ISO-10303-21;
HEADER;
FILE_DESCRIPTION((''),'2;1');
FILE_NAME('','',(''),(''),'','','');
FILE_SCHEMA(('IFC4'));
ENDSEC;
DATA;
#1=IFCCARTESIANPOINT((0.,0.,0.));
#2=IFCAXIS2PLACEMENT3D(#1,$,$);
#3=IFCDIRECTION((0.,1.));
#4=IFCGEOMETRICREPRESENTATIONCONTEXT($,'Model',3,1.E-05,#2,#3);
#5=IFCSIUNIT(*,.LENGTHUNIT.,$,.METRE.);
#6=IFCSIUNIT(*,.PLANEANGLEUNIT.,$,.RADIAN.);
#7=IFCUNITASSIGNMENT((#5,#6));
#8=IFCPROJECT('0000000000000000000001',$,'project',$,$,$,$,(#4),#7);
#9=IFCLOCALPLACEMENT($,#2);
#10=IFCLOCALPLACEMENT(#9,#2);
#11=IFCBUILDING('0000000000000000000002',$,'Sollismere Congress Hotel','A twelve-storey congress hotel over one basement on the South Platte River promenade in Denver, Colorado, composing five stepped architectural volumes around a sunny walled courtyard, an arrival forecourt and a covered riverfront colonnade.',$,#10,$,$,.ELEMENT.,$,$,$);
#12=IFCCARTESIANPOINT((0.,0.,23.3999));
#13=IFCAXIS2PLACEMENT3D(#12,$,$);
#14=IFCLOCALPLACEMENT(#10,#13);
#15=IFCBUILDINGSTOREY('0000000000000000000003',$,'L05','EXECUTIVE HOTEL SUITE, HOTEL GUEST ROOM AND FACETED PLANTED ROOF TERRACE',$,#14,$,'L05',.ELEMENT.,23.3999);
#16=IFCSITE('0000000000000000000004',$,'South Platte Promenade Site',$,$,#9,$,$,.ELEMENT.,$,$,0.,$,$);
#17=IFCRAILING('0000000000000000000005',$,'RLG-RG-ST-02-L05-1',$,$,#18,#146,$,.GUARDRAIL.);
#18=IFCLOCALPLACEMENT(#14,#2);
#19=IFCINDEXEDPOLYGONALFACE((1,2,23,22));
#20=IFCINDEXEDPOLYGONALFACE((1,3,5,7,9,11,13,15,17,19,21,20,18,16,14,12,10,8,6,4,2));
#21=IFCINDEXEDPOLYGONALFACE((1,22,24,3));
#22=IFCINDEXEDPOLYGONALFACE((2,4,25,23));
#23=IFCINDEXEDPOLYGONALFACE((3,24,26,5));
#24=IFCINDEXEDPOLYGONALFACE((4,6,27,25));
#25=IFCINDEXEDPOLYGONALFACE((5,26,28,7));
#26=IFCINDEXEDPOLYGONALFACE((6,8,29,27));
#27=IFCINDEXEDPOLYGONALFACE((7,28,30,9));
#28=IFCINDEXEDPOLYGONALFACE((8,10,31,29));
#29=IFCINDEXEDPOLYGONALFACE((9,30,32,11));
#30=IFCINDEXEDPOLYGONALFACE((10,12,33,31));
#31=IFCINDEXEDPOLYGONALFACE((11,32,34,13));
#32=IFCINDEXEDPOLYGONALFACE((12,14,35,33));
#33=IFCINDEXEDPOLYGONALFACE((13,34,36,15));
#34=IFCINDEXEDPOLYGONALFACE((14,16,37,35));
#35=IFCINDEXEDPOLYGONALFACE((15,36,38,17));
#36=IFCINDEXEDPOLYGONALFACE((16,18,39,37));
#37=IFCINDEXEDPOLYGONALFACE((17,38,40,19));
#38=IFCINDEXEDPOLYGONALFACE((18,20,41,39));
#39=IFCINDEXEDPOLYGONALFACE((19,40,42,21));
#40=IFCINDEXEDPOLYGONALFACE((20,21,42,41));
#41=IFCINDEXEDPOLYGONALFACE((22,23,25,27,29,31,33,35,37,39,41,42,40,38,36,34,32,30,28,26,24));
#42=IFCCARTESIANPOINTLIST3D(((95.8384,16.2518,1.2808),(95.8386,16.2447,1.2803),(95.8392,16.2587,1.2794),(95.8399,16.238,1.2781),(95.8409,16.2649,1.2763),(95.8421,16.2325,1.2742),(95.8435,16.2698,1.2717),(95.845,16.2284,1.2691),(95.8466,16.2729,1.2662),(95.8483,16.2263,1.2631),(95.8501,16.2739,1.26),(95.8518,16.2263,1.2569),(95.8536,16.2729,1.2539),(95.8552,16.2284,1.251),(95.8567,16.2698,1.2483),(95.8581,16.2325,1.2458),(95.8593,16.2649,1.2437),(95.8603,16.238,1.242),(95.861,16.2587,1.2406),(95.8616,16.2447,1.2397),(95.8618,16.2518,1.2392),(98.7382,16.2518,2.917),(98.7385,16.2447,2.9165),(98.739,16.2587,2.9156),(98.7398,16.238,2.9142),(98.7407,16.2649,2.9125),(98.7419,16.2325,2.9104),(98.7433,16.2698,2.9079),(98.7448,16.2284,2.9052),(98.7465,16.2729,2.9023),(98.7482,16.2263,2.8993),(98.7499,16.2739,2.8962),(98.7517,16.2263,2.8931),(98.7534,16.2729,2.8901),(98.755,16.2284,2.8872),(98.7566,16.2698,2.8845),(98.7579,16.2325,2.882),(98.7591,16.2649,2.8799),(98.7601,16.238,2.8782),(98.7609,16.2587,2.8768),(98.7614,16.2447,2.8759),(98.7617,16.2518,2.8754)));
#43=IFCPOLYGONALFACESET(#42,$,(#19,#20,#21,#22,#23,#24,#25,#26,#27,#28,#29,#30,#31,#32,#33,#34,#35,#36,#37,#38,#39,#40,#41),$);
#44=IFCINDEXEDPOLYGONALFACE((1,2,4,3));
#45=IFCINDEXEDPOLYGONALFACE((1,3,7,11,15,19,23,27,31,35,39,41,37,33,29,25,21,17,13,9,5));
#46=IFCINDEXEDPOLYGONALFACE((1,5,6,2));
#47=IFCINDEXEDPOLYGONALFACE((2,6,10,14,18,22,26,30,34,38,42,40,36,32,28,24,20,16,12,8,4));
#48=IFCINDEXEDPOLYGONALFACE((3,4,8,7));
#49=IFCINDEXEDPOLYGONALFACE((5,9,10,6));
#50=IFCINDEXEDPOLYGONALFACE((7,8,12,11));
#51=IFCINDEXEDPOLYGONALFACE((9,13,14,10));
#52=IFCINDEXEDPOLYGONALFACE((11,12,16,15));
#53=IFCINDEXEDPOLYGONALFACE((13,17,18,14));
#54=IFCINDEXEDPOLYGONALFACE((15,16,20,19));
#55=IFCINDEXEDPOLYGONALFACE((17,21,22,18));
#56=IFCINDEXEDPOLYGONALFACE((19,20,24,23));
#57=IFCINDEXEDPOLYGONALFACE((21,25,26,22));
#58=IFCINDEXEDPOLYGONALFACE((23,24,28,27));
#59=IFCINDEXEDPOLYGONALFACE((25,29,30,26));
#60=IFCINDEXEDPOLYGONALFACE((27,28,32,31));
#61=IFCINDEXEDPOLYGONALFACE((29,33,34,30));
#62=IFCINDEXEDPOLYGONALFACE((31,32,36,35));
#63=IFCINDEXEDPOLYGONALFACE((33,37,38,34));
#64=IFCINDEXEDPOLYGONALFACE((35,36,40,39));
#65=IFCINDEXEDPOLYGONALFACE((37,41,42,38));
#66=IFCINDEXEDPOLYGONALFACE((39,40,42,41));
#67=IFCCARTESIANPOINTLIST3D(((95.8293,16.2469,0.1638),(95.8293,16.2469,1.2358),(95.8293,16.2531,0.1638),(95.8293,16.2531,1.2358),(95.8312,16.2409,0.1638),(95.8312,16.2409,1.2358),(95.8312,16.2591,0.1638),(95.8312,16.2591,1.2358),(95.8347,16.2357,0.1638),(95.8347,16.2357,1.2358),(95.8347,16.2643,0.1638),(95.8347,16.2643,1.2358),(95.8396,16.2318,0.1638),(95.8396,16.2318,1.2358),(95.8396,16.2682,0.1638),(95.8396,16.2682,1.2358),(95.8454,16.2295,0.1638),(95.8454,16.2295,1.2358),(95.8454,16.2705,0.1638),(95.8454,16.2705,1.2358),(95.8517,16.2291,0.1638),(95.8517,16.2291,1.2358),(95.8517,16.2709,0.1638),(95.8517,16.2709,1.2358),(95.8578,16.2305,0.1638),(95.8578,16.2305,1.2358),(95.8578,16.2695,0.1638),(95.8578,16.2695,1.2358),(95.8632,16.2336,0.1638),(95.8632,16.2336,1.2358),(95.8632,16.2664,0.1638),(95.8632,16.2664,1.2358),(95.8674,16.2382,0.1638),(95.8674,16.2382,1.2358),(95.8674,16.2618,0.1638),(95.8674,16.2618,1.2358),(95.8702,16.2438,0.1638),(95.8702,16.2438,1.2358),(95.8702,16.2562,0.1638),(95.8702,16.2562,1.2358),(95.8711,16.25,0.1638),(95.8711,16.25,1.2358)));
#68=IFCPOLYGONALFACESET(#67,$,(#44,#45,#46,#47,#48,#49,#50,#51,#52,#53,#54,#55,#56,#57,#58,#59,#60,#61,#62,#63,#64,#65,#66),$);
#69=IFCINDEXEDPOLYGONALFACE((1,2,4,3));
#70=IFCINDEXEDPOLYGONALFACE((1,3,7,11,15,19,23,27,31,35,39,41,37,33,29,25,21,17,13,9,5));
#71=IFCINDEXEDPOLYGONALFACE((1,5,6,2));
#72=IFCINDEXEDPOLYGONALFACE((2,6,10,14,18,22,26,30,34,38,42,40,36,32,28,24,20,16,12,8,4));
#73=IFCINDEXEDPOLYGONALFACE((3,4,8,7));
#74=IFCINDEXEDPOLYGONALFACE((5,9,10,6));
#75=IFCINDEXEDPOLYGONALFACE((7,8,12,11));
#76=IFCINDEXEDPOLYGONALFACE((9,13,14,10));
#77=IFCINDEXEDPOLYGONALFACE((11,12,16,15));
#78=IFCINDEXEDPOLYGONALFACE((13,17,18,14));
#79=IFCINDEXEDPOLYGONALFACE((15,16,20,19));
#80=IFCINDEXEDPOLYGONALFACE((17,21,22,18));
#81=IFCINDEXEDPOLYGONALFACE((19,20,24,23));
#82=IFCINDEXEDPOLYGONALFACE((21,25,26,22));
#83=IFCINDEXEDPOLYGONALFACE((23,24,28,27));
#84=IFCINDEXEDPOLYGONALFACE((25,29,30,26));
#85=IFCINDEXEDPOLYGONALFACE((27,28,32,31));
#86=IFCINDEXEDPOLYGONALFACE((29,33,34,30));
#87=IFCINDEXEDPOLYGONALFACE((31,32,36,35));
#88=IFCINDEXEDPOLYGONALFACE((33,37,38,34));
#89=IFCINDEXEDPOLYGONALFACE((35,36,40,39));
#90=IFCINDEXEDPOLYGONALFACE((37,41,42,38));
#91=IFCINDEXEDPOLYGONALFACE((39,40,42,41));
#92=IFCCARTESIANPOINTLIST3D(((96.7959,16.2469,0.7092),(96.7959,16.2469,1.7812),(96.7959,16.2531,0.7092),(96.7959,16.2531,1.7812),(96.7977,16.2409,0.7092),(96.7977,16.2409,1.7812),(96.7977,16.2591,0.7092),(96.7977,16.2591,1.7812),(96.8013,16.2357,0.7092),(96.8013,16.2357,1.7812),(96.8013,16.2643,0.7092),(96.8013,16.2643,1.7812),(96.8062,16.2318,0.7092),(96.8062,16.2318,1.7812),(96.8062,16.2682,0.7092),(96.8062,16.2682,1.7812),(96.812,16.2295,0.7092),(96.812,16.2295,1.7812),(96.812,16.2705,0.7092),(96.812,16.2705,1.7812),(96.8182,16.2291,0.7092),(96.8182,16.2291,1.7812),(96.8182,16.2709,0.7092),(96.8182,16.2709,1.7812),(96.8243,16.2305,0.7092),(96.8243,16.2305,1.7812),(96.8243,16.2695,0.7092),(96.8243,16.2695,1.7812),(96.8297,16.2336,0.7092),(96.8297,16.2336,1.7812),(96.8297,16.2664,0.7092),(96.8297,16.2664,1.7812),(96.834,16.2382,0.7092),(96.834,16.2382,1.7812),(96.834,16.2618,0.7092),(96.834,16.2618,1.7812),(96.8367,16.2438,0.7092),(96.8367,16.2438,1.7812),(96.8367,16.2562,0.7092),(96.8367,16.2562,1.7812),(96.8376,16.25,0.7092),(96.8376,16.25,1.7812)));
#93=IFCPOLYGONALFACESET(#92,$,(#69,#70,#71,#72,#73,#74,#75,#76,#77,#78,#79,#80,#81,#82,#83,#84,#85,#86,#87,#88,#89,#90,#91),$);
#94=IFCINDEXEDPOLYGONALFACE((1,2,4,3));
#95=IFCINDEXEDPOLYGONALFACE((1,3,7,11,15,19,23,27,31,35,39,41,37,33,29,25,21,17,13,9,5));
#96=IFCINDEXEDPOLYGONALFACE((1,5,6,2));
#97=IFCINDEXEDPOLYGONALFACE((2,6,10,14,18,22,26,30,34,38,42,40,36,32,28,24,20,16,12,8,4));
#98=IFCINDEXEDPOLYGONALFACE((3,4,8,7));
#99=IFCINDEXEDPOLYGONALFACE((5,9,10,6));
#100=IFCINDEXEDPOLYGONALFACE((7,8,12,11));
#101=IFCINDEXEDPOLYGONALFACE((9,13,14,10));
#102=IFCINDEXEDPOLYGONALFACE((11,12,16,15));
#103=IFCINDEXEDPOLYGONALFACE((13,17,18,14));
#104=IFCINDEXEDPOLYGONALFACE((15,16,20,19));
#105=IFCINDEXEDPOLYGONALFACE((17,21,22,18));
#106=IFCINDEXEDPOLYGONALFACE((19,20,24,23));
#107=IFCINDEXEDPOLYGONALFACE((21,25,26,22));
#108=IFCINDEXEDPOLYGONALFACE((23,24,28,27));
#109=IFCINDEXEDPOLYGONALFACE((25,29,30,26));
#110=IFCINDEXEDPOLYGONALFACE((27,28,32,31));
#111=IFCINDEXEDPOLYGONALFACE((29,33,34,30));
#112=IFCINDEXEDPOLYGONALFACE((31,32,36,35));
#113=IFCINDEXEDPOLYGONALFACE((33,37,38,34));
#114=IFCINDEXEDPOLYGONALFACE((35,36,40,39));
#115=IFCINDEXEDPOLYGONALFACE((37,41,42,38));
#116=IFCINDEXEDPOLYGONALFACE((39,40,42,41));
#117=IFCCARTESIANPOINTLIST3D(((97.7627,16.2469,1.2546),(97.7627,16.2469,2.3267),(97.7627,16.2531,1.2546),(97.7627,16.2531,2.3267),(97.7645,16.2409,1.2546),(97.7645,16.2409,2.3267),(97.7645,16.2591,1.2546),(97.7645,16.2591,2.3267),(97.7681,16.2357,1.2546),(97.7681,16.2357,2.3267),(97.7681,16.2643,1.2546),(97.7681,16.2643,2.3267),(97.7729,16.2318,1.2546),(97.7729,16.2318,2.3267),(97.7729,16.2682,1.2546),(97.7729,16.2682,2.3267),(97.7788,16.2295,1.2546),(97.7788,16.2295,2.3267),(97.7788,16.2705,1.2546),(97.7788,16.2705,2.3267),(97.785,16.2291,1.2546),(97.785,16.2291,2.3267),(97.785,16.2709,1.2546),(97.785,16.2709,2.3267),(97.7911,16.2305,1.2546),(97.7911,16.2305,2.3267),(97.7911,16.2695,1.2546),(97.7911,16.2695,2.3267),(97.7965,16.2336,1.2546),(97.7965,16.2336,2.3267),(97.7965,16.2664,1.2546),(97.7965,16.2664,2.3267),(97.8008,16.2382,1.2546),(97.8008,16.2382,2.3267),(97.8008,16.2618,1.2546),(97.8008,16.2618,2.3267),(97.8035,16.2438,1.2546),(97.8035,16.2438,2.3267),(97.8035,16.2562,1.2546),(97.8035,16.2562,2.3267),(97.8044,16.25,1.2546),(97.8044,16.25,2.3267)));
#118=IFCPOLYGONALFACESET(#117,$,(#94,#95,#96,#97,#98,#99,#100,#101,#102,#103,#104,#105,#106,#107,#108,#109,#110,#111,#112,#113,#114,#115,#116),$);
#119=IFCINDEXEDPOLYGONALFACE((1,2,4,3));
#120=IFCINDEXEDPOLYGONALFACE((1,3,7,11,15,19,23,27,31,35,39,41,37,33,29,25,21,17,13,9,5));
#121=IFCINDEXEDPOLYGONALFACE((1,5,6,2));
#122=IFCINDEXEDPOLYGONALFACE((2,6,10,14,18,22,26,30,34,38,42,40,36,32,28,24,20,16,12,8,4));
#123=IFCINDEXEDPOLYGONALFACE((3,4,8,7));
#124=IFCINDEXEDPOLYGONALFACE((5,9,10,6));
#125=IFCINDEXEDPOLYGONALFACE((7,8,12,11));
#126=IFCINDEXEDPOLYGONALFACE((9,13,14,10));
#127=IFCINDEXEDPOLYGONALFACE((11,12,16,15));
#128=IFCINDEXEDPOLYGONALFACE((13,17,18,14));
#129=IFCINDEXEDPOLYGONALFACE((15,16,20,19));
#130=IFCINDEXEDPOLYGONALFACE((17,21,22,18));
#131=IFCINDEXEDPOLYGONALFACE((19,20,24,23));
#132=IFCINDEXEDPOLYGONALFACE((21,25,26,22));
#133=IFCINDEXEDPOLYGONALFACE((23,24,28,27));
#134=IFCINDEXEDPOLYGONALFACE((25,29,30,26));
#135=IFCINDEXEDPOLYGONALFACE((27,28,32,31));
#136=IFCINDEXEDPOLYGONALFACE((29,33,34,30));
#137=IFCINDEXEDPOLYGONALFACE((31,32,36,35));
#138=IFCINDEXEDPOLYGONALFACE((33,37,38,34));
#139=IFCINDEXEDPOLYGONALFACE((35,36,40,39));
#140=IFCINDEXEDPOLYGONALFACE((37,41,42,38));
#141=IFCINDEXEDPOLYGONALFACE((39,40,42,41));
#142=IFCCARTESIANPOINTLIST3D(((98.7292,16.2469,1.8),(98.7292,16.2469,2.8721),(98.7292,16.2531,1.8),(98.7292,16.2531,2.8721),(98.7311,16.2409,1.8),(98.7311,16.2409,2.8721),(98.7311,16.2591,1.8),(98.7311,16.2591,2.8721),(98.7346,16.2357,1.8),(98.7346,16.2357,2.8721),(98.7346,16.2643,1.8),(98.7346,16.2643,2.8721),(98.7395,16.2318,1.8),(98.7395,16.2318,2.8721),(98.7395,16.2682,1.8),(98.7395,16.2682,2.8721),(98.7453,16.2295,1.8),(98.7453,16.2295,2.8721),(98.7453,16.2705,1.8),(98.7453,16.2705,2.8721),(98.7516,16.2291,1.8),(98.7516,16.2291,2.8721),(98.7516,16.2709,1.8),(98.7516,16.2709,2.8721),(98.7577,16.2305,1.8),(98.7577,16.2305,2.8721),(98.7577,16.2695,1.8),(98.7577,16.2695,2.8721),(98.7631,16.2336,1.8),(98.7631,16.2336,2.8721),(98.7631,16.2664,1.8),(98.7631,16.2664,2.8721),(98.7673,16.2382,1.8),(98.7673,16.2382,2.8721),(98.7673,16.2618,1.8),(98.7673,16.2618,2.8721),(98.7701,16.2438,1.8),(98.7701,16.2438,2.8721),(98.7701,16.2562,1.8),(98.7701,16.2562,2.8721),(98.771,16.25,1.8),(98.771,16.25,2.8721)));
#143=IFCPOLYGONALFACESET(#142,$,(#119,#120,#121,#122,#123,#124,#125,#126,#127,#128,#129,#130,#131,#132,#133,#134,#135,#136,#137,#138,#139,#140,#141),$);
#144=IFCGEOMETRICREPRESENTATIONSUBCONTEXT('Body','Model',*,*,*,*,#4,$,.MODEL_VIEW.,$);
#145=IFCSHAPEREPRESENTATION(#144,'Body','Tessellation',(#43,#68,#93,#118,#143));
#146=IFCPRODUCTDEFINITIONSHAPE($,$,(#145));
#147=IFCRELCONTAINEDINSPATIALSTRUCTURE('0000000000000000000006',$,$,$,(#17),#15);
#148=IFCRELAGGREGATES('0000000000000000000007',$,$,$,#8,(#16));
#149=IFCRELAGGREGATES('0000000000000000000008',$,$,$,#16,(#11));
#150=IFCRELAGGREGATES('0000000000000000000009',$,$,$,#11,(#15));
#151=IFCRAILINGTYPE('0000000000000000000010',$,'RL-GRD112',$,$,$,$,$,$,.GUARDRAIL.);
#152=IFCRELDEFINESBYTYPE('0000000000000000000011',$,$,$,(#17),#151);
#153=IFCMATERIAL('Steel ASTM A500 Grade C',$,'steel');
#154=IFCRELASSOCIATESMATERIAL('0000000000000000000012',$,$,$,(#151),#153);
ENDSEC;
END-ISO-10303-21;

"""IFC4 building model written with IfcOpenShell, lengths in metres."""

from ifc_helpers import new_model, si_unit, direction, frame, origin, origin_2d, place, context, subcontext, project, spatial, circle, extrude, material, type_object, element, save


model = new_model("IFC4")

# Units and contexts
model_context = context("Model", 3, precision=1e-05, world=origin(), true_north=direction((0.0, 1.0)))
body_context = subcontext(model_context, "Body", "Model", "MODEL_VIEW")
ifc_project = project(units=[si_unit("LENGTHUNIT", "METRE"), si_unit("PLANEANGLEUNIT", "RADIAN")], contexts=[model_context])

# Site, building, storey
site_placement = place(None, origin())
site = spatial("IfcSite", under=ifc_project, at=site_placement, Name="South Platte Promenade Site", CompositionType="ELEMENT", RefElevation=0.0)
building_placement = place(site_placement, origin())
building = spatial("IfcBuilding", under=site, at=building_placement, Name="Sollismere Congress Hotel", Description="A twelve-storey congress hotel over one basement on the South Platte River promenade in Denver, Colorado, composing five stepped architectural volumes around a sunny walled courtyard, an arrival forecourt and a covered riverfront colonnade.", CompositionType="ELEMENT")
storey_placement = place(building_placement, frame((0.0, 0.0, 23.3999)))
storey = spatial("IfcBuildingStorey", under=building, at=storey_placement, Name="L05", Description="EXECUTIVE HOTEL SUITE, HOTEL GUEST ROOM AND FACETED PLANTED ROOF TERRACE", LongName="L05", CompositionType="ELEMENT", Elevation=23.3999)

# Shared definitions
ifc_material_1 = material(Name="Steel ASTM A500 Grade C", Category="steel")

# Railing
railing_type_1 = type_object("IfcRailingType", Name="RL-GRD112", PredefinedType="GUARDRAIL", material=ifc_material_1)
railing_1_placement = place(storey_placement, frame((95.8501, 16.25, 0.1638)))
element("IfcRailing", 1, at=railing_1_placement, inside=storey, type_object=railing_type_1, Name="RLG-RG-ST-02-L05-1", PredefinedType="GUARDRAIL", context=body_context, shape_type="SweptSolid", body=[
    extrude(circle(Radius=0.0239, at=origin_2d()), frame((0.0, 0.0, 1.0962), z_axis=(0.870929, 0.0, 0.49141), x_axis=(0.0, 1.0, 0.0)), (0.0, 0.0, 1.0), 3.3296),
    extrude(circle(Radius=0.021, at=origin_2d()), origin(), (0.0, 0.0, 1.0), 1.072),
    extrude(circle(Radius=0.021, at=origin_2d()), frame((0.9666, 0.0, 0.5454)), (0.0, 0.0, 1.0), 1.072),
    extrude(circle(Radius=0.021, at=origin_2d()), frame((1.9333, 0.0, 1.0908)), (0.0, 0.0, 1.0), 1.072),
    extrude(circle(Radius=0.021, at=origin_2d()), frame((2.8999, 0.0, 1.6362)), (0.0, 0.0, 1.0), 1.072),
])

save(model, "model.ifc")
